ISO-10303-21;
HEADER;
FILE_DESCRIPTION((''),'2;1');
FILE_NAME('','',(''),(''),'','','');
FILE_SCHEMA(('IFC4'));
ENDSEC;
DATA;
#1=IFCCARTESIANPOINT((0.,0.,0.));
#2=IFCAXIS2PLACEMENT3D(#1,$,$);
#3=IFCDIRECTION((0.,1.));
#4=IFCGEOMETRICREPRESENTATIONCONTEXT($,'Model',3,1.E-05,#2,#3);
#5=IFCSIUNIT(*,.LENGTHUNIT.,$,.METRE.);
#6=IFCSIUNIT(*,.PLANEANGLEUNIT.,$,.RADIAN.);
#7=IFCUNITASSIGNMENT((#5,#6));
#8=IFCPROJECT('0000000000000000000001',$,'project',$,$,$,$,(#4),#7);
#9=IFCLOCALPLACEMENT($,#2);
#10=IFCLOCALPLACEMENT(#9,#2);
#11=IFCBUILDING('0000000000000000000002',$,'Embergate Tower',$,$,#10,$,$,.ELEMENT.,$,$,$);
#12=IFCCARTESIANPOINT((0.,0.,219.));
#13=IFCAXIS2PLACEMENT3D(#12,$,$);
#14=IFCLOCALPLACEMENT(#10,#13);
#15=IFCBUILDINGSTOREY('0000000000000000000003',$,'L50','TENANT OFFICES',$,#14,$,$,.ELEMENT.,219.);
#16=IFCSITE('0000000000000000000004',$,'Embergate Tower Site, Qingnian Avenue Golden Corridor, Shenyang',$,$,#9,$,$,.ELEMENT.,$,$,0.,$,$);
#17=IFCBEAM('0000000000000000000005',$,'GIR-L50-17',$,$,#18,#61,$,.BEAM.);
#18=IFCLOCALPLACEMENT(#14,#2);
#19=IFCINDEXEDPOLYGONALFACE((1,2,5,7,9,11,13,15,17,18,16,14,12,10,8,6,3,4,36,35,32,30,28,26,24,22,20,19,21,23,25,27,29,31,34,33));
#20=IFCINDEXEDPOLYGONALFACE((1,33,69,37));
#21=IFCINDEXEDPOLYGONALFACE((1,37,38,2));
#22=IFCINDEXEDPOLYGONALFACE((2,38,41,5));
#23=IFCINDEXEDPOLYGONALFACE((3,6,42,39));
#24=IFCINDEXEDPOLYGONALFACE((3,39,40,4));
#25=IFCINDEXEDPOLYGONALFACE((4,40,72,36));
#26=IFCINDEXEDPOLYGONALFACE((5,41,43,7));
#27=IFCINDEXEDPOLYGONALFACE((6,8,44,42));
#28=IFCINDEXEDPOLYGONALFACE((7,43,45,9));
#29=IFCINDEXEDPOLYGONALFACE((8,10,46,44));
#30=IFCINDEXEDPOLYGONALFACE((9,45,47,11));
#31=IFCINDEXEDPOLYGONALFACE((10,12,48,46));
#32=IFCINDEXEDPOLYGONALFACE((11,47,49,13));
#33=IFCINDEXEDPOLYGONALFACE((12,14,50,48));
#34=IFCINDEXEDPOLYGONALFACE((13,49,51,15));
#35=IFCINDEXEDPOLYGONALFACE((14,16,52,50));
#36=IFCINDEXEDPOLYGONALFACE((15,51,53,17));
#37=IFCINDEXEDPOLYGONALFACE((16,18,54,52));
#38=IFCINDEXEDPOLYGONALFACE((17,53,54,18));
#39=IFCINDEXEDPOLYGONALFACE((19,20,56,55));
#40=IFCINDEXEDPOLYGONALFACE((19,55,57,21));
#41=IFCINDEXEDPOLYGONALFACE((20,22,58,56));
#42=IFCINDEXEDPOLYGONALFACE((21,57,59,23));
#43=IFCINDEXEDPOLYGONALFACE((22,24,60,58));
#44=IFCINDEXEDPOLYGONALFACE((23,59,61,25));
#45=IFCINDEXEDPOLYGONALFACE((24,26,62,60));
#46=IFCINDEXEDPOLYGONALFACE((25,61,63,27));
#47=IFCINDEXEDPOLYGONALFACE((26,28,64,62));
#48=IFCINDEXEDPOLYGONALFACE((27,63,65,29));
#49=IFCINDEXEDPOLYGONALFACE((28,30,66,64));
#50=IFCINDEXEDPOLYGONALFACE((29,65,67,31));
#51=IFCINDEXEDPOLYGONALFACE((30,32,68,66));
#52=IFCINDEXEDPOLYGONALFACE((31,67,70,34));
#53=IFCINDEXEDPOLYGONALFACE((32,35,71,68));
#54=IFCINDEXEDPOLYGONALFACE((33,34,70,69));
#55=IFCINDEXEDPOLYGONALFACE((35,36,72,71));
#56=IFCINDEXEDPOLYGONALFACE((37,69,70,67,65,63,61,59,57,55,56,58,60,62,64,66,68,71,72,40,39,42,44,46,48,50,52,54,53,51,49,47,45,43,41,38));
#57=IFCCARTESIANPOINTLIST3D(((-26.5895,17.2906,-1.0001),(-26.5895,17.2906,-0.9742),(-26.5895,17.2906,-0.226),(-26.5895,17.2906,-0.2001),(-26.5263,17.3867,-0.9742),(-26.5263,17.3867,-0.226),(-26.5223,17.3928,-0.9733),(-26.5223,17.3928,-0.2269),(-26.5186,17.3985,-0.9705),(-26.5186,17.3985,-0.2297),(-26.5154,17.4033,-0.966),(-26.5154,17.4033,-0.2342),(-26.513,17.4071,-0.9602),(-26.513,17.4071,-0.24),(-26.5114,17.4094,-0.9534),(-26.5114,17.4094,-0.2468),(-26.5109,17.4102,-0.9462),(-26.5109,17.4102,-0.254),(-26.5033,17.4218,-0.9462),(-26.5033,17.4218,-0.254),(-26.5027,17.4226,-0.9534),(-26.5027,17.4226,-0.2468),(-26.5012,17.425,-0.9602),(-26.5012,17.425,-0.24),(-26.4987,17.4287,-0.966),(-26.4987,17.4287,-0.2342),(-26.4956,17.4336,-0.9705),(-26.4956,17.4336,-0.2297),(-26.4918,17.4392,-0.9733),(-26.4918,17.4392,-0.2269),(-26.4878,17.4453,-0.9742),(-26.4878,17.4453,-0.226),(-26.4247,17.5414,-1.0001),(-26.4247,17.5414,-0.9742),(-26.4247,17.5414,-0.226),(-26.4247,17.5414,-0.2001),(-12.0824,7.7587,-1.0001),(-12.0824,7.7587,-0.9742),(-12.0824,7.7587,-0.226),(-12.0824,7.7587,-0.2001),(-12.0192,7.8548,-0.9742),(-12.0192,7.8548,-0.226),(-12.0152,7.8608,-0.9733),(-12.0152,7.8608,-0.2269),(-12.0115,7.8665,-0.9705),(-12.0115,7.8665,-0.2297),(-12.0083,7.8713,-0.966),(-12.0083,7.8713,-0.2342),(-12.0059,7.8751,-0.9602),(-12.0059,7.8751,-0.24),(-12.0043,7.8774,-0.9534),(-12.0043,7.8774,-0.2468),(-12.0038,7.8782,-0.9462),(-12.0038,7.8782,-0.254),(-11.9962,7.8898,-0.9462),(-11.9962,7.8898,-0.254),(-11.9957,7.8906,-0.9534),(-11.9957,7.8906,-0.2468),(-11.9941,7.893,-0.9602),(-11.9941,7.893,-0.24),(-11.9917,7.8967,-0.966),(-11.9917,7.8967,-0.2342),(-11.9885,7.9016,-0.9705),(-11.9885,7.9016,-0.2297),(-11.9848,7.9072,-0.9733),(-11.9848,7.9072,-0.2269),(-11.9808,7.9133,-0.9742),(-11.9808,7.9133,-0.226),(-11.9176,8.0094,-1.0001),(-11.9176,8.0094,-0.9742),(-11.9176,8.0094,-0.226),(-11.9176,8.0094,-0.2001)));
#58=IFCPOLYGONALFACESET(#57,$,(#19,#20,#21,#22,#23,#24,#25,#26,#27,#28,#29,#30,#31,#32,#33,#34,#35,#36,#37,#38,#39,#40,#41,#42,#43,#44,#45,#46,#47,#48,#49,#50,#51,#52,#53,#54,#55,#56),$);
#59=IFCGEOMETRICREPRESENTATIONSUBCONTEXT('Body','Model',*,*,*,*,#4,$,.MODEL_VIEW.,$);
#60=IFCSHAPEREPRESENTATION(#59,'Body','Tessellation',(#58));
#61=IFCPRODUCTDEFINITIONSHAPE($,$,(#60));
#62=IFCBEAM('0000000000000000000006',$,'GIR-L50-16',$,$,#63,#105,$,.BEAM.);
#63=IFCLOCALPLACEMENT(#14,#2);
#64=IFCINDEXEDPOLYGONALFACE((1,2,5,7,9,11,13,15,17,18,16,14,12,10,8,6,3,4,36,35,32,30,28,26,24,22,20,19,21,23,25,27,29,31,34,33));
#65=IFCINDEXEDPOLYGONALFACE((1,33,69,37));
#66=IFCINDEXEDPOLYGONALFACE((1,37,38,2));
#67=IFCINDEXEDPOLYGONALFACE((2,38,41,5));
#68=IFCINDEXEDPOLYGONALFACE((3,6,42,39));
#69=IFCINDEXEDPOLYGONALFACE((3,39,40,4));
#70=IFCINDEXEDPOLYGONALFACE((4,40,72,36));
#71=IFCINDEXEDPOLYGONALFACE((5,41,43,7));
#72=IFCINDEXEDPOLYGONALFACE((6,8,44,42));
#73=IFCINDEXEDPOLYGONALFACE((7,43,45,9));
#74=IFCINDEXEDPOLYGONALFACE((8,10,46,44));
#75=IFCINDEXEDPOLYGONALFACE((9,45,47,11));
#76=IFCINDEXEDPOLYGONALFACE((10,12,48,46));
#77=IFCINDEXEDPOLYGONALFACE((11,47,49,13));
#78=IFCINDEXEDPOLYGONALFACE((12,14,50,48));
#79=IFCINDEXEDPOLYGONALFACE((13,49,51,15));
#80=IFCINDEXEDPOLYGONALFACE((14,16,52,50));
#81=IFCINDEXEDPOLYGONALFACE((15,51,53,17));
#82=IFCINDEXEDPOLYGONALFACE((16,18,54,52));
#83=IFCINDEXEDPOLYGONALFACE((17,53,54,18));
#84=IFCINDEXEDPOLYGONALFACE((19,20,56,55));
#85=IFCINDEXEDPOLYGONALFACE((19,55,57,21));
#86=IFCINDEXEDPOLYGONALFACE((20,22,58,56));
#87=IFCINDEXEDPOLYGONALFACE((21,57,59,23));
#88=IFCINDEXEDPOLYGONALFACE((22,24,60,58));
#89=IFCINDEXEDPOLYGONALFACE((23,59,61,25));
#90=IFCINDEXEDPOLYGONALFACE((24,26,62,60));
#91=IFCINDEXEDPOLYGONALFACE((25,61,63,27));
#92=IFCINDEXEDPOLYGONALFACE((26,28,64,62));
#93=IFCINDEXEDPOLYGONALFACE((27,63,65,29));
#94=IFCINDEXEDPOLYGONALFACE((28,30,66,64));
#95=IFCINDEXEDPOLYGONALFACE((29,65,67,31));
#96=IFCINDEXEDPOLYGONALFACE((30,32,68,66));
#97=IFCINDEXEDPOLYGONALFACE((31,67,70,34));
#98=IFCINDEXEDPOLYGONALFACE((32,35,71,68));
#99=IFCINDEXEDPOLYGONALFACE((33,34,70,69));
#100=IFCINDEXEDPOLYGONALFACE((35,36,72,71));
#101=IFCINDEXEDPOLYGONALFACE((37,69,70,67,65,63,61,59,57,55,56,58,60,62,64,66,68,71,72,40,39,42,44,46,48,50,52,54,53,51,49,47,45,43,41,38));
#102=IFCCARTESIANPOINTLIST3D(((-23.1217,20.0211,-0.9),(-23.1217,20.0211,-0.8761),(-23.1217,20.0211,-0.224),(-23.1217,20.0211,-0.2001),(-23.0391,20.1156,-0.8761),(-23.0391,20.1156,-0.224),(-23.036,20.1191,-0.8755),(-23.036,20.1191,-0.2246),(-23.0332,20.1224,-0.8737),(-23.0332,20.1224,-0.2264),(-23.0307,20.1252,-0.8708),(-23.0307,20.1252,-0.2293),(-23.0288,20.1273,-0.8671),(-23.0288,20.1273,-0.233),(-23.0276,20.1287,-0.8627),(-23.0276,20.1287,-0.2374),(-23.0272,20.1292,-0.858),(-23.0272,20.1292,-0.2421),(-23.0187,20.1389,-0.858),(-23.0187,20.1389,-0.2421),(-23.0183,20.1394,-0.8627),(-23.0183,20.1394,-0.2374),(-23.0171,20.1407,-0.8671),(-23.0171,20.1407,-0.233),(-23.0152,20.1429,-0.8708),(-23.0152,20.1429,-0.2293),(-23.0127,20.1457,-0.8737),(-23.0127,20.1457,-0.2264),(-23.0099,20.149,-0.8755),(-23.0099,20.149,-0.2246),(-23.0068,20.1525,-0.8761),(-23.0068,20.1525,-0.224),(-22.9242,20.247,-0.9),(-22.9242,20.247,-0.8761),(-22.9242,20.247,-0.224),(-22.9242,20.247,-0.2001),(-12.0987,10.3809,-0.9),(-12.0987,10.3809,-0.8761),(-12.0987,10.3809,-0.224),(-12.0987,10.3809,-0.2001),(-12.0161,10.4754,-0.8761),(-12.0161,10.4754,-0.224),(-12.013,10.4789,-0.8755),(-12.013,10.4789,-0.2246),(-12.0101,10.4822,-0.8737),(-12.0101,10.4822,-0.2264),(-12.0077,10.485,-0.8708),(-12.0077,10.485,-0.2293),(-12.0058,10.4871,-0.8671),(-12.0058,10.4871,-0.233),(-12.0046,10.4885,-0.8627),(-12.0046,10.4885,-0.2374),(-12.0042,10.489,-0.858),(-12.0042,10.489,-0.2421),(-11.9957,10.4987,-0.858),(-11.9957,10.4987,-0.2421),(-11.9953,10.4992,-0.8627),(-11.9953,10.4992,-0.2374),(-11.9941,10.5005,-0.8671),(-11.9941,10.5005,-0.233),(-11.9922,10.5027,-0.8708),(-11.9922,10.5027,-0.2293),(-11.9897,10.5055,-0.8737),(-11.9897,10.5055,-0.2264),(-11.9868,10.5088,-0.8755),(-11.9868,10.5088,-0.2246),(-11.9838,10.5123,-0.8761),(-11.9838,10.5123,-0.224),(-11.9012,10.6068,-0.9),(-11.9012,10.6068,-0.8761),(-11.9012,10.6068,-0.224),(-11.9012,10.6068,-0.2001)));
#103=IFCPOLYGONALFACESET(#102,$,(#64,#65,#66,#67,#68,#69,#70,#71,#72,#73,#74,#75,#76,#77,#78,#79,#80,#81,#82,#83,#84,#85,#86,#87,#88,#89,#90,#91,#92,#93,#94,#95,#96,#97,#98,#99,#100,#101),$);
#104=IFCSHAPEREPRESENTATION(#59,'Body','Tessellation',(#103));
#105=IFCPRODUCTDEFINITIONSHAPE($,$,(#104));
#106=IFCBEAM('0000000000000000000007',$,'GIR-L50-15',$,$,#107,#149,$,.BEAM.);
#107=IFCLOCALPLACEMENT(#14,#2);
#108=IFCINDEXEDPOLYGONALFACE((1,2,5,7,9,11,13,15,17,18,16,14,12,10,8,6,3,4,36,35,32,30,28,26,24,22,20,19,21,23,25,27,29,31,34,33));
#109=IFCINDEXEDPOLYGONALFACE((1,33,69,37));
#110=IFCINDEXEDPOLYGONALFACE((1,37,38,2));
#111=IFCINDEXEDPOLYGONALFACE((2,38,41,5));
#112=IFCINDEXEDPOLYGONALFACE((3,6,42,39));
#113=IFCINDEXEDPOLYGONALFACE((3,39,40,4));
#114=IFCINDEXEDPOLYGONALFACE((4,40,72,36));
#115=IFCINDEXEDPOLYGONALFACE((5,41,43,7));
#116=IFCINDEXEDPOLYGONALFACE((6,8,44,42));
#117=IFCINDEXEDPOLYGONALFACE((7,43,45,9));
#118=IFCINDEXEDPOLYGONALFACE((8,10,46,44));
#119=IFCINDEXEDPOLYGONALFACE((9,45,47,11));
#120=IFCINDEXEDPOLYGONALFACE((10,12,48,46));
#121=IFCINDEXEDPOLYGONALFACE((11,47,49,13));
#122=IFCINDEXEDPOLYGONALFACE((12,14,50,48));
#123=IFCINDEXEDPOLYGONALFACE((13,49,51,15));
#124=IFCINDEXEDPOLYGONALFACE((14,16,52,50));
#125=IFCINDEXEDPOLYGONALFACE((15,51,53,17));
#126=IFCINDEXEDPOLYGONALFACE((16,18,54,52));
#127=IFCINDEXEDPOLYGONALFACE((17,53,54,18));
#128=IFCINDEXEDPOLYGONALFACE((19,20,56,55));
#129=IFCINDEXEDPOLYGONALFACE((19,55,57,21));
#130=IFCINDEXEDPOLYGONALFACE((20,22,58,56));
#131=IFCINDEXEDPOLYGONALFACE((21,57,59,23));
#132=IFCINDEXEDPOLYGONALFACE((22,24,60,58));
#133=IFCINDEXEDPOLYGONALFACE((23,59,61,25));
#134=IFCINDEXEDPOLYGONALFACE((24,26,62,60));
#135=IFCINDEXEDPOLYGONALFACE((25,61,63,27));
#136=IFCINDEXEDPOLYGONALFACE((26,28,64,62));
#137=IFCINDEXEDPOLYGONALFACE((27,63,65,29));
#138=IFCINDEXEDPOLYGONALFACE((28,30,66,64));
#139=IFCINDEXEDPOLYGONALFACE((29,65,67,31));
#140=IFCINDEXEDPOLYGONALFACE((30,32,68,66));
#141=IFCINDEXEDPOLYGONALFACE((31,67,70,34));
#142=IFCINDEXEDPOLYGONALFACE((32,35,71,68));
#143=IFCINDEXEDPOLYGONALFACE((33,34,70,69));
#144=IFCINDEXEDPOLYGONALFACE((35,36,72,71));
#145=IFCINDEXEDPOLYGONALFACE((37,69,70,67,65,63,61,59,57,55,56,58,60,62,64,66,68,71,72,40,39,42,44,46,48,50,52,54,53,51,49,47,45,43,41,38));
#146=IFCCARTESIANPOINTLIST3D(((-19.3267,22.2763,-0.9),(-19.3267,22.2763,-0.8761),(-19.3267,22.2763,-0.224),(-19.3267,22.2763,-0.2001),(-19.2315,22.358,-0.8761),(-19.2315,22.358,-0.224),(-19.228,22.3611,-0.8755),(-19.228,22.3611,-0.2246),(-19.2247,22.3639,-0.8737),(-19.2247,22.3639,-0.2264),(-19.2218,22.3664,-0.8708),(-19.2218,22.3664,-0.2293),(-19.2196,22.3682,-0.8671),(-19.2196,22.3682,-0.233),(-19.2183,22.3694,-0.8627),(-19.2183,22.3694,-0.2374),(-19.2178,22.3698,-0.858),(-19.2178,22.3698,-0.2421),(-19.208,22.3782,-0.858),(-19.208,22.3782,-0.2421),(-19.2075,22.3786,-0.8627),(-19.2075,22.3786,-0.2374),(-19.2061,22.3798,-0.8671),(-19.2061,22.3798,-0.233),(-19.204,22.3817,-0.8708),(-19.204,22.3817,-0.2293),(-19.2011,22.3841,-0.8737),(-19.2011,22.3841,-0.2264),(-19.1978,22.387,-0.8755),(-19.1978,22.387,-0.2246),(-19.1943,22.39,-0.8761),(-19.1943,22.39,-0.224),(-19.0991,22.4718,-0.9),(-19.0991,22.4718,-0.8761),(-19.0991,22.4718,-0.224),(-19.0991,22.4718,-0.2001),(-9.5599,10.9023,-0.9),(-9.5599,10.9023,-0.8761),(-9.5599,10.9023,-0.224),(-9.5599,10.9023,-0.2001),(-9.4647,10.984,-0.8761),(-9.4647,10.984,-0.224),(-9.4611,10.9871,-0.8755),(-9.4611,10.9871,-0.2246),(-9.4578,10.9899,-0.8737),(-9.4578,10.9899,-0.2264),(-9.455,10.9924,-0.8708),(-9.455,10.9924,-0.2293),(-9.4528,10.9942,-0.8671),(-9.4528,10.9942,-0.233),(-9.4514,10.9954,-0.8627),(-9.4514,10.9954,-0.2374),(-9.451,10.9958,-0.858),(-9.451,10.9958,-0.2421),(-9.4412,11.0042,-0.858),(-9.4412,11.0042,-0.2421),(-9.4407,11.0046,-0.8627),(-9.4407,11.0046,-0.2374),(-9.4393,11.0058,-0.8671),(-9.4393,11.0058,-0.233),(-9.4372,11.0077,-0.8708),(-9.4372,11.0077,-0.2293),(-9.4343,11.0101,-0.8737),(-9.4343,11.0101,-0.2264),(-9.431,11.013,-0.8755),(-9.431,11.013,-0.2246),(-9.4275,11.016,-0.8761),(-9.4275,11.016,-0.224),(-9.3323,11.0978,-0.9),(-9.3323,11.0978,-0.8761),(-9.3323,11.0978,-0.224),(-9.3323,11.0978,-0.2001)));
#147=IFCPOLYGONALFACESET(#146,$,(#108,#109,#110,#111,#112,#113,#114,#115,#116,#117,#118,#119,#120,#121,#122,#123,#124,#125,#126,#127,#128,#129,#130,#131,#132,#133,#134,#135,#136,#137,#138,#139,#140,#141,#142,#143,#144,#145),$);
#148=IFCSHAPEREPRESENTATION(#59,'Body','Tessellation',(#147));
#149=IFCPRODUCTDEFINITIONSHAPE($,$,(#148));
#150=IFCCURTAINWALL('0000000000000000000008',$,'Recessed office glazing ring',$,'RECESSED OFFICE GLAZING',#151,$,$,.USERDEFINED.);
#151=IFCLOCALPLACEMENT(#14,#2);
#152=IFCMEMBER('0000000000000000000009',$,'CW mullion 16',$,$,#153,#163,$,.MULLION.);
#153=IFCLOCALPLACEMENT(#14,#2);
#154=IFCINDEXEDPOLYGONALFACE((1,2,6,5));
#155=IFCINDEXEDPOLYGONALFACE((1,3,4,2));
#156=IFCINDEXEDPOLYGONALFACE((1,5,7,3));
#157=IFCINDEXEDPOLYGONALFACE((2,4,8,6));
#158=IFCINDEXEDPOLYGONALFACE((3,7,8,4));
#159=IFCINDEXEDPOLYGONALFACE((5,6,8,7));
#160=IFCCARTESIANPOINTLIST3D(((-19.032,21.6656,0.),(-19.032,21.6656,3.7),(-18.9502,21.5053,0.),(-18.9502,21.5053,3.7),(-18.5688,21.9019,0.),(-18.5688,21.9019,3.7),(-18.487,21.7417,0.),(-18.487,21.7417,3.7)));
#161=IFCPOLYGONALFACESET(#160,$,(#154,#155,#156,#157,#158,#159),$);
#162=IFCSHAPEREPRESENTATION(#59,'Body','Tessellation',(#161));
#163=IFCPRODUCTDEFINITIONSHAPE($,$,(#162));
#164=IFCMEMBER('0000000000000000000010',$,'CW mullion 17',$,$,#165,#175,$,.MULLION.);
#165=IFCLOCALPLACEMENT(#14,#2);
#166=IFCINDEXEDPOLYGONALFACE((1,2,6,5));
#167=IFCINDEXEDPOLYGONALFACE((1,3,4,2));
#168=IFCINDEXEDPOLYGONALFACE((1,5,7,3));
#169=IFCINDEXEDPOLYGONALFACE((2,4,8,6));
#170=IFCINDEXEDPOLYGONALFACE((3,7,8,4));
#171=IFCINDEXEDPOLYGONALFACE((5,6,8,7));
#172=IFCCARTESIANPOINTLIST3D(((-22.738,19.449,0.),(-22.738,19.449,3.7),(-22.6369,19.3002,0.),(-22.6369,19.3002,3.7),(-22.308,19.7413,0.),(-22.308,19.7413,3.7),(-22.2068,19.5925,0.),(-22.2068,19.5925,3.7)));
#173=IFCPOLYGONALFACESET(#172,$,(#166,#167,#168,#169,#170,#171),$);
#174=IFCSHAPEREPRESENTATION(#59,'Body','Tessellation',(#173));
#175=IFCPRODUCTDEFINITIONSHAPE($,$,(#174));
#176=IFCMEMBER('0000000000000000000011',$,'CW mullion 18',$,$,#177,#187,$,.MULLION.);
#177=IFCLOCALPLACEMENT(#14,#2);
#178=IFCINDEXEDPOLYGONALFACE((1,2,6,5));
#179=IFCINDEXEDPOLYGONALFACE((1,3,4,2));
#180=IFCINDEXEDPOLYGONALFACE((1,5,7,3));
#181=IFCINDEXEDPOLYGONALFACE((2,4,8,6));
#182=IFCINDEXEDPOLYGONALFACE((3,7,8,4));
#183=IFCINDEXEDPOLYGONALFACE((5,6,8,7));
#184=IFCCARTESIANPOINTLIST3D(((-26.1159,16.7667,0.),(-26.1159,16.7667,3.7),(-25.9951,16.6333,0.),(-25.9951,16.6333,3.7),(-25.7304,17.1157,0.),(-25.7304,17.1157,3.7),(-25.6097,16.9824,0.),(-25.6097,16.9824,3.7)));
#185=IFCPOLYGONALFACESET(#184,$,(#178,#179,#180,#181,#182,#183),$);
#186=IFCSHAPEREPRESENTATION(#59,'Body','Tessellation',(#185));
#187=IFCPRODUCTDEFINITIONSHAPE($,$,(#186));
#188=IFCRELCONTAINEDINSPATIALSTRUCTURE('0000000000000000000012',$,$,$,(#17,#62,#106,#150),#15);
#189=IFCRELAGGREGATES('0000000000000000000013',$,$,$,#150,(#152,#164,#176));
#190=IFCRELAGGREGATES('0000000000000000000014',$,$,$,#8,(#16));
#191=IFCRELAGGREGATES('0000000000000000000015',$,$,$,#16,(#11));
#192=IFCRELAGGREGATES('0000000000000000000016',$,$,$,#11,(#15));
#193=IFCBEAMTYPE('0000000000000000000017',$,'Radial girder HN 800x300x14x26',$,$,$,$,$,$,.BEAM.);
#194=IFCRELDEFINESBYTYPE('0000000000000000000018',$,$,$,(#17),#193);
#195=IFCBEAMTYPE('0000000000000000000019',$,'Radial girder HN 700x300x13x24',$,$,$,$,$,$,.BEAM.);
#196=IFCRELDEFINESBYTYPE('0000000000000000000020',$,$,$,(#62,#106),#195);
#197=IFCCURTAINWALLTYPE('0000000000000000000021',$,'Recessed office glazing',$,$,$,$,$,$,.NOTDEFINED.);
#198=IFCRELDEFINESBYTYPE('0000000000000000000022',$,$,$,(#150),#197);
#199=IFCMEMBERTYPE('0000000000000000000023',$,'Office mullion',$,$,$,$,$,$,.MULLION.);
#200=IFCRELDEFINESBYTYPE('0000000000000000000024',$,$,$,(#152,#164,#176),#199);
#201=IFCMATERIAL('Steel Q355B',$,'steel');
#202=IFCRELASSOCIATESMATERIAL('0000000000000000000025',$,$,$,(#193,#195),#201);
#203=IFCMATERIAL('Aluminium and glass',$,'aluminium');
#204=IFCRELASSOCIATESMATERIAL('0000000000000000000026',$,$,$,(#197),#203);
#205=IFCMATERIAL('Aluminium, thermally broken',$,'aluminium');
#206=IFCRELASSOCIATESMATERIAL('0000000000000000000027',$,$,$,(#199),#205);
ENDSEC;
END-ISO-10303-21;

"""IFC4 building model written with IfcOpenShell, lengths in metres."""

from ifc_helpers import new_model, si_unit, direction, frame, origin, origin_2d, place, context, subcontext, project, spatial, rectangle, i_section, extrude, source, transform, mapped, material, material_profile, profile_set, type_object, element, aggregate, save


model = new_model("IFC4")

# Units and contexts
model_context = context("Model", 3, precision=1e-05, world=origin(), true_north=direction((0.0, 1.0)))
body_context = subcontext(model_context, "Body", "Model", "MODEL_VIEW")
ifc_project = project(units=[si_unit("LENGTHUNIT", "METRE"), si_unit("PLANEANGLEUNIT", "RADIAN")], contexts=[model_context])

# Site, building, storey
site_placement = place(None, origin())
site = spatial("IfcSite", under=ifc_project, at=site_placement, Name="Embergate Tower Site, Qingnian Avenue Golden Corridor, Shenyang", CompositionType="ELEMENT", RefElevation=0.0)
building_placement = place(site_placement, origin())
building = spatial("IfcBuilding", under=site, at=building_placement, Name="Embergate Tower", CompositionType="ELEMENT")
storey_placement = place(building_placement, frame((0.0, 0.0, 219.0)))
storey = spatial("IfcBuildingStorey", under=building, at=storey_placement, Name="L50", Description="TENANT OFFICES", CompositionType="ELEMENT", Elevation=219.0)

# Beams
ifc_material_1 = material(Name="Steel Q355B", Category="steel")
ifc_material_profile_1 = material_profile(ifc_material_1, i_section(OverallWidth=0.3, OverallDepth=0.8, WebThickness=0.0139, FlangeThickness=0.0259, FilletRadius=0.0281, at=origin_2d()), Name="HN 800x300x14x26")
ifc_profile_set_1 = profile_set([ifc_material_profile_1], Name="Steel Q355 grade B")
beam_type_1 = type_object("IfcBeamType", Name="Radial girder HN 800x300x14x26", PredefinedType="BEAM", material=ifc_profile_set_1)
shared_shape_1 = source(origin(), body_context, "Body", "SweptSolid", [
    extrude(i_section(OverallWidth=0.3, OverallDepth=0.8, WebThickness=0.0139, FlangeThickness=0.0259, FilletRadius=0.0281, at=origin_2d()), origin(), (0.0, 0.0, 1.0), 17.3584),
])
beam_1_placement = place(storey_placement, frame((-26.5071, 17.416, -0.6001), z_axis=(0.835738, -0.549128, 0.0), x_axis=(0.549128, 0.835738, 0.0)))
element("IfcBeam", 1, at=beam_1_placement, inside=storey, type_object=beam_type_1, Name="GIR-L50-17", PredefinedType="BEAM", context=body_context, shape_type="MappedRepresentation", body=[
    mapped(shared_shape_1, transform((0.0, 0.0, 0.0))),
])
ifc_material_profile_2 = material_profile(ifc_material_1, i_section(OverallWidth=0.3, OverallDepth=0.7, WebThickness=0.0129, FlangeThickness=0.0239, FilletRadius=0.0181, at=origin_2d()), Name="HN 700x300x13x24")
ifc_profile_set_2 = profile_set([ifc_material_profile_2], Name="Steel Q355 grade B")
beam_type_2 = type_object("IfcBeamType", Name="Radial girder HN 700x300x13x24", PredefinedType="BEAM", material=ifc_profile_set_2)
shared_shape_2 = source(origin(), body_context, "Body", "SweptSolid", [
    extrude(i_section(OverallWidth=0.3, OverallDepth=0.7, WebThickness=0.0129, FlangeThickness=0.0239, FilletRadius=0.0181, at=origin_2d()), origin(), (0.0, 0.0, 1.0), 14.6438),
])
beam_2_placement = place(storey_placement, frame((-23.0229, 20.134, -0.55), z_axis=(0.752744, -0.658313, 0.0), x_axis=(0.658313, 0.752744, 0.0)))
element("IfcBeam", 2, at=beam_2_placement, inside=storey, type_object=beam_type_2, Name="GIR-L50-16", PredefinedType="BEAM", context=body_context, shape_type="MappedRepresentation", body=[
    mapped(shared_shape_2, transform((0.0, 0.0, 0.0))),
])
shared_shape_3 = source(origin(), body_context, "Body", "SweptSolid", [
    extrude(i_section(OverallWidth=0.3, OverallDepth=0.7, WebThickness=0.0129, FlangeThickness=0.0239, FilletRadius=0.0181, at=origin_2d()), origin(), (0.0, 0.0, 1.0), 14.9919),
])
beam_3_placement = place(storey_placement, frame((-19.2129, 22.374, -0.55), z_axis=(0.651471, -0.758673, 0.0), x_axis=(0.758673, 0.651471, 0.0)))
element("IfcBeam", 3, at=beam_3_placement, inside=storey, type_object=beam_type_2, Name="GIR-L50-15", PredefinedType="BEAM", context=body_context, shape_type="MappedRepresentation", body=[
    mapped(shared_shape_3, transform((0.0, 0.0, 0.0))),
])

# Curtain wall, members
ifc_material_2 = material(Name="Aluminium and glass", Category="aluminium")
curtain_wall_type = type_object("IfcCurtainWallType", Name="Recessed office glazing", PredefinedType="NOTDEFINED", material=ifc_material_2)
curtain_wall_placement = place(storey_placement, origin())
curtain_wall = element("IfcCurtainWall", 4, at=curtain_wall_placement, inside=storey, type_object=curtain_wall_type, Name="Recessed office glazing ring", ObjectType="RECESSED OFFICE GLAZING", PredefinedType="USERDEFINED")
ifc_material_3 = material(Name="Aluminium, thermally broken", Category="aluminium")
ifc_material_profile_3 = material_profile(ifc_material_3, rectangle(XDim=0.1799, YDim=0.52, at=origin_2d()), Name="AL 520x180")
ifc_profile_set_3 = profile_set([ifc_material_profile_3], Name="Aluminium, thermally broken")
member_type_1 = type_object("IfcMemberType", Name="Office mullion", PredefinedType="MULLION", material=ifc_profile_set_3)
shared_shape_4 = source(origin(), body_context, "Body", "SweptSolid", [
    extrude(rectangle(XDim=0.1799, YDim=0.52, at=origin_2d()), origin(), (0.0, 0.0, 1.0), 3.7),
])
member_1_placement = place(storey_placement, frame((-18.7595, 21.7036, 0.0), z_axis=(0.0, 0.0, 1.0), x_axis=(0.454513, -0.89074, 0.0)))
member_1 = element("IfcMember", 5, at=member_1_placement, type_object=member_type_1, Name="CW mullion 16", PredefinedType="MULLION", context=body_context, shape_type="MappedRepresentation", body=[
    mapped(shared_shape_4, transform((0.0, 0.0, 0.0))),
])
member_2_placement = place(storey_placement, frame((-22.4724, 19.5208, 0.0), z_axis=(0.0, 0.0, 1.0), x_axis=(0.562219, -0.826988, 0.0)))
member_2 = element("IfcMember", 6, at=member_2_placement, type_object=member_type_1, Name="CW mullion 17", PredefinedType="MULLION", context=body_context, shape_type="MappedRepresentation", body=[
    mapped(shared_shape_4, transform((0.0, 0.0, 0.0))),
])
member_3_placement = place(storey_placement, frame((-25.8628, 16.8745, 0.0), z_axis=(0.0, 0.0, 1.0), x_axis=(0.671228, -0.741251, 0.0)))
member_3 = element("IfcMember", 7, at=member_3_placement, type_object=member_type_1, Name="CW mullion 18", PredefinedType="MULLION", context=body_context, shape_type="MappedRepresentation", body=[
    mapped(shared_shape_4, transform((0.0, 0.0, 0.0))),
])
aggregate(curtain_wall, [member_1, member_2, member_3])

save(model, "model.ifc")
